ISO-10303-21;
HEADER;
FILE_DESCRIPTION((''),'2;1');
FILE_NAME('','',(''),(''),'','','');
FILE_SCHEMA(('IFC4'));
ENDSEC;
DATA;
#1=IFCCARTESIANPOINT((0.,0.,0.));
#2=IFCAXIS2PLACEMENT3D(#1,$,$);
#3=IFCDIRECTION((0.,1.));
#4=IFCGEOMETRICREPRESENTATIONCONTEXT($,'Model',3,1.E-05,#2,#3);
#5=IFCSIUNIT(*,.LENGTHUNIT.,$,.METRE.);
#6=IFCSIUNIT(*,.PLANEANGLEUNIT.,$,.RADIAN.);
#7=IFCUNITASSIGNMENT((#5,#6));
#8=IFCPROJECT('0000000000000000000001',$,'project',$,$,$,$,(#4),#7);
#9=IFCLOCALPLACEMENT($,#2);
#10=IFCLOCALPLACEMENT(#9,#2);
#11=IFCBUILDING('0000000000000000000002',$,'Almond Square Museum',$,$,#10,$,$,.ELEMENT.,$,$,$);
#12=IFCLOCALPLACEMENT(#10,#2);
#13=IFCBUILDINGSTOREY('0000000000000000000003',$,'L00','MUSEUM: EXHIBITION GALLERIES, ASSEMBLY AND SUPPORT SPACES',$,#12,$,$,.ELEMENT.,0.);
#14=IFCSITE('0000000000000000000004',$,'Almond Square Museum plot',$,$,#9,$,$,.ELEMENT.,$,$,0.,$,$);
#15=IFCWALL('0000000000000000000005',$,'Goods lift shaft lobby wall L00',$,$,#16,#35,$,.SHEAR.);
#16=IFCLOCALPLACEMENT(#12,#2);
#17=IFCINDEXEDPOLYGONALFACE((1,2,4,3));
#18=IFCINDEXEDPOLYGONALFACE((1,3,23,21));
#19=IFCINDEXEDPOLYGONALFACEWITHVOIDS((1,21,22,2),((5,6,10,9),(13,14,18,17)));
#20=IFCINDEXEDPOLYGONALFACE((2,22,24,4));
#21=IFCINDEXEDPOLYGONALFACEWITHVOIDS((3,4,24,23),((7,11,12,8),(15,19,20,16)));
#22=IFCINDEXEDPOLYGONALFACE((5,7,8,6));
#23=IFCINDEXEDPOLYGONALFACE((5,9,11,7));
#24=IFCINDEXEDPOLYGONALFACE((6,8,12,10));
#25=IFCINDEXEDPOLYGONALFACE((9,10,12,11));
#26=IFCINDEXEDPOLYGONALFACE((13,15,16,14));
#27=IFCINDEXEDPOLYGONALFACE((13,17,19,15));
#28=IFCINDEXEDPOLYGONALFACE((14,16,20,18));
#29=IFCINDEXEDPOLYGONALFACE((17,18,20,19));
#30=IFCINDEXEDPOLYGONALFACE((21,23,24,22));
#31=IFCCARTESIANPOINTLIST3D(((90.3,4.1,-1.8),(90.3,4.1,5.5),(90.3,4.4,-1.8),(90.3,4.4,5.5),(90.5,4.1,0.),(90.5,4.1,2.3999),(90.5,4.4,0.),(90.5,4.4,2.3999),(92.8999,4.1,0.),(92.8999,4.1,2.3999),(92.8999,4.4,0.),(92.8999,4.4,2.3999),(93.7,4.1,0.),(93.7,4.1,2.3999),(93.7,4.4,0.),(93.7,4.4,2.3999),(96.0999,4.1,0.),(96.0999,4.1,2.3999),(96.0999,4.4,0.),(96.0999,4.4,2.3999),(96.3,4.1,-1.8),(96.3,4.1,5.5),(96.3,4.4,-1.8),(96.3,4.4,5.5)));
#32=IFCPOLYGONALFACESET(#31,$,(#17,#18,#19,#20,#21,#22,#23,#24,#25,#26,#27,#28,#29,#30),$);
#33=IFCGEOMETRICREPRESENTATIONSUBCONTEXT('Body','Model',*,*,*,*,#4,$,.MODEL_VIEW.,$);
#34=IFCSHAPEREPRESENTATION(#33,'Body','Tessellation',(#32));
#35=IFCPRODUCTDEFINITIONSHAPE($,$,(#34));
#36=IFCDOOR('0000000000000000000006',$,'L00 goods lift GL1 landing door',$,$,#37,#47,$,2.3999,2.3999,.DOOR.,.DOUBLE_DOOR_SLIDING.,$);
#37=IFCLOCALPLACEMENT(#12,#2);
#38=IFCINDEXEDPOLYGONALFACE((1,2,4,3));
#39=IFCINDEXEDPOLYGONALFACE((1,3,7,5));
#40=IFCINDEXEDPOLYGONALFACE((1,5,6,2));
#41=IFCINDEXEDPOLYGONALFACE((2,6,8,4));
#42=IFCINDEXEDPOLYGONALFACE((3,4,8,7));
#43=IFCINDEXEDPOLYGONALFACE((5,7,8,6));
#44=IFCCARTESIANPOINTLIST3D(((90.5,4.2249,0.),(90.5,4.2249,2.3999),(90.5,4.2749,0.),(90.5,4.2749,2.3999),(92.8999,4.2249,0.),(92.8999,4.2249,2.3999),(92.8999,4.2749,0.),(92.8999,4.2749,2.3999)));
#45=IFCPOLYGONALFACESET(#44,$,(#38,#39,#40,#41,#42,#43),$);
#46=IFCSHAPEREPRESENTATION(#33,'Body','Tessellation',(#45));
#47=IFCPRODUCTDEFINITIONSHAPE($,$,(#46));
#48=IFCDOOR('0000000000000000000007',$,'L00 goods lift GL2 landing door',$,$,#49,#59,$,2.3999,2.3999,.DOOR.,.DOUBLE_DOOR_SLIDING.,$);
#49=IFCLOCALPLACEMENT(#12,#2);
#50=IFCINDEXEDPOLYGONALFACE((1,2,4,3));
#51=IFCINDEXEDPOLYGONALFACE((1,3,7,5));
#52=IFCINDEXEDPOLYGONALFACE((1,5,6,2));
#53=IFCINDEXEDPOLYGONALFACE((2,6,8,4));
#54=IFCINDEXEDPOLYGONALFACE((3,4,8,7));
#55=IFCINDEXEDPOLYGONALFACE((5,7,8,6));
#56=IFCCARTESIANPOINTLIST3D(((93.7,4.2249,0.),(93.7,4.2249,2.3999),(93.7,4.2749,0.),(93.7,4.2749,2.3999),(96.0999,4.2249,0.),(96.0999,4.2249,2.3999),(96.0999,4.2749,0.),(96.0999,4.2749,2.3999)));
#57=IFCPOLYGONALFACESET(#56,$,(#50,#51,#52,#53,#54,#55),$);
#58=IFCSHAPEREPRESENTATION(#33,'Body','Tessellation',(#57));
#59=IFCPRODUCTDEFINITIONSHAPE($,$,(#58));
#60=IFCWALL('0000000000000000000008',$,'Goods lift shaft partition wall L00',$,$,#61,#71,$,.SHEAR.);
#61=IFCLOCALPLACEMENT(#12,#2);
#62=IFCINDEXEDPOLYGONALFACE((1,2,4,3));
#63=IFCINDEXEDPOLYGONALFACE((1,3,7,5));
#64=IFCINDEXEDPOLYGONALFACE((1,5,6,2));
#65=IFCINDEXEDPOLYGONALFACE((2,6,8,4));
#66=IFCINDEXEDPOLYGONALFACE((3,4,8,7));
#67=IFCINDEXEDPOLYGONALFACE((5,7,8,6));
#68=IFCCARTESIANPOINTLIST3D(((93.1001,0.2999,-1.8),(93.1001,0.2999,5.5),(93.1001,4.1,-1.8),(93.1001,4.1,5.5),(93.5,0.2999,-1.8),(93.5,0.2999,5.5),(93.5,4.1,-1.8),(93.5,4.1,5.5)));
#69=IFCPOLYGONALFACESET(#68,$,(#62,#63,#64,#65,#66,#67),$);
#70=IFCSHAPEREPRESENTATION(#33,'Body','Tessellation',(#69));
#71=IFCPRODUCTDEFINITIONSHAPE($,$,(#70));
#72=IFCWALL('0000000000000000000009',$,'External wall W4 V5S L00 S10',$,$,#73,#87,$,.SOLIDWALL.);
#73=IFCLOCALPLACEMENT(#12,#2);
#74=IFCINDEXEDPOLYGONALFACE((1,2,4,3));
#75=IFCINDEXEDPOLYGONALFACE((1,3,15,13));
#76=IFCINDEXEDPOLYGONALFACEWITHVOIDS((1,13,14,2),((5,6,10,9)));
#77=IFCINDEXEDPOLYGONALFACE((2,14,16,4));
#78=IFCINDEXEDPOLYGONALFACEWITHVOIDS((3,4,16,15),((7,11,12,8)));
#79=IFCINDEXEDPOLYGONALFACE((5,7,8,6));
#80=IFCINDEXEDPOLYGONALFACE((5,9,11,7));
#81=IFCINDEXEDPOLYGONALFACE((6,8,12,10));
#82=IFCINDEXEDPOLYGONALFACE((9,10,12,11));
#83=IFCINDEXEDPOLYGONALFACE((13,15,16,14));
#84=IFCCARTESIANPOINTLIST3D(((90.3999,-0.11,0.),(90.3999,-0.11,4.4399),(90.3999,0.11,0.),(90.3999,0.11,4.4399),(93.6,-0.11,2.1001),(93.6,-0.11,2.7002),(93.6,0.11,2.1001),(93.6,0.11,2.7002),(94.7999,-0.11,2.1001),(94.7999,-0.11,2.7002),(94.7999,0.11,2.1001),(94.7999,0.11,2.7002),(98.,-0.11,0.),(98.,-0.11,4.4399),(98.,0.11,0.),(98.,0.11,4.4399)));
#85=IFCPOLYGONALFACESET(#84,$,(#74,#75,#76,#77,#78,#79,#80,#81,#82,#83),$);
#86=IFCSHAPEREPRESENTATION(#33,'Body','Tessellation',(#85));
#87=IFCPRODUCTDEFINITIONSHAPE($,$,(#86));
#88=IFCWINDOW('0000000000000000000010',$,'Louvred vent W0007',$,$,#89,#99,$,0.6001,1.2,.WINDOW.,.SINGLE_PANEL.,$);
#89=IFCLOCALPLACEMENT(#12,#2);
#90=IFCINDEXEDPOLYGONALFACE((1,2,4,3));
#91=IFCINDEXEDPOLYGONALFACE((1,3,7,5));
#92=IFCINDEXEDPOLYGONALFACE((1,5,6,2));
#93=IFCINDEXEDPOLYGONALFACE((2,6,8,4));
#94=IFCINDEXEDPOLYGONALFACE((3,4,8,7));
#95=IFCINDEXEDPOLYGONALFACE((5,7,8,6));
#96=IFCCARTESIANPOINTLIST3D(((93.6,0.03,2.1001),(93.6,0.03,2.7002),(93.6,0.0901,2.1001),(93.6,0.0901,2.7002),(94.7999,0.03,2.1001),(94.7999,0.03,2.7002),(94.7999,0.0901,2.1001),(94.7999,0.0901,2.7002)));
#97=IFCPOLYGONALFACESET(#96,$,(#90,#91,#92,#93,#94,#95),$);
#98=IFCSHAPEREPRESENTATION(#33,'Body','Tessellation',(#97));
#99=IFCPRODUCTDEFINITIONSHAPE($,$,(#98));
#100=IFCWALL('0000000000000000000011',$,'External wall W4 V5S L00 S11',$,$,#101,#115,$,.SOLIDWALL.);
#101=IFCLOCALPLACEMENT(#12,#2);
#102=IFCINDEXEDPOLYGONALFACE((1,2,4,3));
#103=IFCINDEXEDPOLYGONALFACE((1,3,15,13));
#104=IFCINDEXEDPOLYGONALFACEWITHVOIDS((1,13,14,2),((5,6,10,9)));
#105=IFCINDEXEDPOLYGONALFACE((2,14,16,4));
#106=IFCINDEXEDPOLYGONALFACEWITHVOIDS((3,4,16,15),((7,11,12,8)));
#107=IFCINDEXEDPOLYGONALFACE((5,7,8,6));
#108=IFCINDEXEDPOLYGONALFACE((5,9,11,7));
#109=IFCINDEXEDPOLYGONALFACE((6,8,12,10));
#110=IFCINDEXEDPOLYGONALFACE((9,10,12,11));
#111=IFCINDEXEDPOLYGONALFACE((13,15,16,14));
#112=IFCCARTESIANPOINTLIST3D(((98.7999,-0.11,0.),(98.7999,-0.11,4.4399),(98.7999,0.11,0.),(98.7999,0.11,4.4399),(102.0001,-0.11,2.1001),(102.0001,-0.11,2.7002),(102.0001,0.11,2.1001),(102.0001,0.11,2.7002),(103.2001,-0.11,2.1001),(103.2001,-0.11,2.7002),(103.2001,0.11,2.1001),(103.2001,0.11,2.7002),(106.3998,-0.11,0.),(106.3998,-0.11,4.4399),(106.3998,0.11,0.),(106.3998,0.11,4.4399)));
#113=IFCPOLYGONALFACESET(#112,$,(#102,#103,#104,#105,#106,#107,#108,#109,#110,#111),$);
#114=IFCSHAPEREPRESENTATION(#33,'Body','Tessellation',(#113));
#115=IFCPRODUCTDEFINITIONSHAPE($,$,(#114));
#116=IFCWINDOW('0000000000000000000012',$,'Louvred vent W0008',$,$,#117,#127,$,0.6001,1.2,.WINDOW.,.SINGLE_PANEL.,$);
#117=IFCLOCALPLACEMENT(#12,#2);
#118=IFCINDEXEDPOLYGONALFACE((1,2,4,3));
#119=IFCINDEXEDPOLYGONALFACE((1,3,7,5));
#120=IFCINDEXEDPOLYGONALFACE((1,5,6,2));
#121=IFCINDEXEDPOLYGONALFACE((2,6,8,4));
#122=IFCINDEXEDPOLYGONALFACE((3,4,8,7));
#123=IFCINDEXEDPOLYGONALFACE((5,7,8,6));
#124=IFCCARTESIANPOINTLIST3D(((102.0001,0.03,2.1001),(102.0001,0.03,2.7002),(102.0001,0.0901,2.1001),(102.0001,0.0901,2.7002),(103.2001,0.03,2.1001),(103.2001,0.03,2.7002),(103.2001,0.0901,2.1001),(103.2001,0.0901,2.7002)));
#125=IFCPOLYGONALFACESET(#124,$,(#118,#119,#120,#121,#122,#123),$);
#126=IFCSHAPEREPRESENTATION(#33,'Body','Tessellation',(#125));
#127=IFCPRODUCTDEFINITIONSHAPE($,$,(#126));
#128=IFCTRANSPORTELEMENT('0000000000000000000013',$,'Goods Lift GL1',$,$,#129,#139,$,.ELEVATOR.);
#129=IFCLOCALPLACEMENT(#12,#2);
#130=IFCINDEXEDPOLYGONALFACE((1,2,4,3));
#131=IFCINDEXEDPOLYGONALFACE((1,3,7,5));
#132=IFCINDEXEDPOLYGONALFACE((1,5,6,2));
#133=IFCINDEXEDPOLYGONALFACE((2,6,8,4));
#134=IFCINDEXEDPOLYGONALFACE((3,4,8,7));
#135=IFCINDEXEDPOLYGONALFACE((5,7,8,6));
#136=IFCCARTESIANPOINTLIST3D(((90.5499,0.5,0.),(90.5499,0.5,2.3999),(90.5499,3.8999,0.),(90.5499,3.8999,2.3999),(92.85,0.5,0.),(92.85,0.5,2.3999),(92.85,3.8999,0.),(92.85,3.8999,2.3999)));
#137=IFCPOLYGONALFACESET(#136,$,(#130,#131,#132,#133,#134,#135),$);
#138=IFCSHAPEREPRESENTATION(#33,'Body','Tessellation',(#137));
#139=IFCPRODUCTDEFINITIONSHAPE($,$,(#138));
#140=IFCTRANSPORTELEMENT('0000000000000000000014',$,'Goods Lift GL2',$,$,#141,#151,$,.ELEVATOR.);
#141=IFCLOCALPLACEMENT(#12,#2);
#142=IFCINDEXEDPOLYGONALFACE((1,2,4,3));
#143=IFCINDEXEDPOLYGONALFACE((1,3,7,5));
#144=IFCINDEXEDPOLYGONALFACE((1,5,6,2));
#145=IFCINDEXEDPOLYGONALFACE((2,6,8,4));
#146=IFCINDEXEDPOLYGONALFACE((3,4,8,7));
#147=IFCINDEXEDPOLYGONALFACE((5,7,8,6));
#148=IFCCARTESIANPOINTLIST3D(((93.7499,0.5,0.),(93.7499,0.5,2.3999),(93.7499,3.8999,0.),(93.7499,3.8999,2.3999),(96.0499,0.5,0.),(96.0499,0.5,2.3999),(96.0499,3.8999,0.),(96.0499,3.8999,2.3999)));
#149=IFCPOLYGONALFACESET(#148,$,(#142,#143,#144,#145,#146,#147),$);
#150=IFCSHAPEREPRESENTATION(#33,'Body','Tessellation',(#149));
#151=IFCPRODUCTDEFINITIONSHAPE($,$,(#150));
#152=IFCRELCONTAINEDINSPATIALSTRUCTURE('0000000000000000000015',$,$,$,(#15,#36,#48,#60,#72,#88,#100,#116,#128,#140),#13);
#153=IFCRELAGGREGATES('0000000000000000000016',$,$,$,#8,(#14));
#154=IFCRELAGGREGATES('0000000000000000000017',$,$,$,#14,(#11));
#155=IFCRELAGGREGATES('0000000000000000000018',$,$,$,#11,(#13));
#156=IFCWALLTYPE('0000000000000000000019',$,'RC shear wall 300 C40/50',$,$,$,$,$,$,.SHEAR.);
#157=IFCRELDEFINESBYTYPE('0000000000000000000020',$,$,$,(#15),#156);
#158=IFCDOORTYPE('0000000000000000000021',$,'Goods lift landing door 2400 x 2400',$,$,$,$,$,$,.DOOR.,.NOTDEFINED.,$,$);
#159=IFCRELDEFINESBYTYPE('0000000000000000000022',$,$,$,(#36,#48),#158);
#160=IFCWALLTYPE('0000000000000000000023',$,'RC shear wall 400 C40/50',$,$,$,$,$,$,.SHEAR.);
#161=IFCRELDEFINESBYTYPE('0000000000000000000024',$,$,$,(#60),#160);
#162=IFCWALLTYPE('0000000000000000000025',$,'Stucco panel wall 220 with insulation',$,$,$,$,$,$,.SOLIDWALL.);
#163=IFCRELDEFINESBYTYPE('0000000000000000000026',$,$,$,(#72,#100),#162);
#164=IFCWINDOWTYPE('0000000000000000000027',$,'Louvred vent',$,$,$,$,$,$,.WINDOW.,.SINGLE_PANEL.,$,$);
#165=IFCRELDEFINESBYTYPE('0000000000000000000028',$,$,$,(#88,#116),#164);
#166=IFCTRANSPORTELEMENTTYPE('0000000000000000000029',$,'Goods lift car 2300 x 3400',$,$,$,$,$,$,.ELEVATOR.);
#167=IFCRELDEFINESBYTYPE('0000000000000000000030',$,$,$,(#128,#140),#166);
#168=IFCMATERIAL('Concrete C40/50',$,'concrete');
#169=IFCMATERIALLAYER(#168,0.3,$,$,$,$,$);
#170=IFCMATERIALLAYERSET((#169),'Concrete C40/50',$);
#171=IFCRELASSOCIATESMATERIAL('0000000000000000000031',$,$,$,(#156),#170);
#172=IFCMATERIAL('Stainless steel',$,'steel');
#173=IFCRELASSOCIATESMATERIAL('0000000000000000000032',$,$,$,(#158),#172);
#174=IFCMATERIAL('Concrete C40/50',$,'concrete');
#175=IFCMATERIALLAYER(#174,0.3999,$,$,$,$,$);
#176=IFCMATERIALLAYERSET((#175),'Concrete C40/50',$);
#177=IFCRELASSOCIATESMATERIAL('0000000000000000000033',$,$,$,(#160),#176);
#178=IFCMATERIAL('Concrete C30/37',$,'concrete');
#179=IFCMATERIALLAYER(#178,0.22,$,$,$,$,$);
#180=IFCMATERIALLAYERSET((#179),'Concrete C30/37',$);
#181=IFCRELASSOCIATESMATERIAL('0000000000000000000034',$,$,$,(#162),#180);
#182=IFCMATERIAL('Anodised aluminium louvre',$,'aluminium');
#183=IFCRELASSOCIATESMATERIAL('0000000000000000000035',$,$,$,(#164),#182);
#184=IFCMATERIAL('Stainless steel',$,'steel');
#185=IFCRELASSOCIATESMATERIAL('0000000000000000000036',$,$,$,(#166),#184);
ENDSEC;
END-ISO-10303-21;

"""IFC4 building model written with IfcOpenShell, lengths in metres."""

from ifc_helpers import new_model, si_unit, direction, frame, frame_2d, origin, origin_2d, place, context, subcontext, project, spatial, rectangle, extrude, material, layer, layer_set, type_object, element, fill, save


model = new_model("IFC4")

# Units and contexts
model_context = context("Model", 3, precision=1e-05, world=origin(), true_north=direction((0.0, 1.0)))
body_context = subcontext(model_context, "Body", "Model", "MODEL_VIEW")
ifc_project = project(units=[si_unit("LENGTHUNIT", "METRE"), si_unit("PLANEANGLEUNIT", "RADIAN")], contexts=[model_context])

# Site, building, storey
site_placement = place(None, origin())
site = spatial("IfcSite", under=ifc_project, at=site_placement, Name="Almond Square Museum plot", CompositionType="ELEMENT", RefElevation=0.0)
building_placement = place(site_placement, origin())
building = spatial("IfcBuilding", under=site, at=building_placement, Name="Almond Square Museum", CompositionType="ELEMENT")
storey_placement = place(building_placement, origin())
storey = spatial("IfcBuildingStorey", under=building, at=storey_placement, Name="L00", Description="MUSEUM: EXHIBITION GALLERIES, ASSEMBLY AND SUPPORT SPACES", CompositionType="ELEMENT", Elevation=0.0)

# Shared definitions
ifc_material_1 = material(Name="Concrete C40/50", Category="concrete")
ifc_layer_1 = layer(ifc_material_1, 0.3)
ifc_layer_set_1 = layer_set([ifc_layer_1], Name="Concrete C40/50")
wall_type_1 = type_object("IfcWallType", Name="RC shear wall 300 C40/50", PredefinedType="SHEAR", material=ifc_layer_set_1)

# Wall, openings, doors
wall_1_placement = place(storey_placement, frame((90.3, 4.25, -1.8), z_axis=(0.0, 0.0, 1.0), x_axis=(1.0, 0.0, 0.0)))
wall_1 = element("IfcWall", 1, at=wall_1_placement, inside=storey, type_object=wall_type_1, Name="Goods lift shaft lobby wall L00", PredefinedType="SHEAR", context=body_context, shape_type="SweptSolid", body=[
    extrude(rectangle(XDim=6.0, YDim=0.3, at=frame_2d((3.0, 0.0))), origin(), (0.0, 0.0, 1.0), 7.3),
])
opening_1_placement = place(wall_1_placement, frame((0.2, 0.0, 1.8)))
opening_1 = element("IfcOpeningElement", 2, at=opening_1_placement, cuts=wall_1, PredefinedType="OPENING", context=body_context, shape_type="SweptSolid", body=[
    extrude(rectangle(XDim=2.3999, YDim=2.3999, at=frame_2d((1.2, 1.2))), frame((0.0, 0.1599, 0.0), z_axis=(0.0, -1.0, 0.0), x_axis=(1.0, 0.0, 0.0)), (0.0, 0.0, 1.0), 0.3201),
])
opening_2_placement = place(wall_1_placement, frame((3.3999, 0.0, 1.8)))
opening_2 = element("IfcOpeningElement", 3, at=opening_2_placement, cuts=wall_1, PredefinedType="OPENING", context=body_context, shape_type="SweptSolid", body=[
    extrude(rectangle(XDim=2.3999, YDim=2.3999, at=frame_2d((1.2, 1.2))), frame((0.0, 0.1599, 0.0), z_axis=(0.0, -1.0, 0.0), x_axis=(1.0, 0.0, 0.0)), (0.0, 0.0, 1.0), 0.3201),
])
ifc_material_2 = material(Name="Stainless steel", Category="steel")
door_type_1 = type_object("IfcDoorType", Name="Goods lift landing door 2400 x 2400", OperationType="NOTDEFINED", PredefinedType="DOOR", material=ifc_material_2)
door_1_placement = place(opening_1_placement, origin())
door_1 = element("IfcDoor", 4, at=door_1_placement, inside=storey, type_object=door_type_1, Name="L00 goods lift GL1 landing door", OperationType="DOUBLE_DOOR_SLIDING", OverallHeight=2.3999, OverallWidth=2.3999, PredefinedType="DOOR", context=body_context, shape_type="SweptSolid", body=[
    extrude(rectangle(XDim=2.3999, YDim=2.3999, at=frame_2d((1.2, 1.2))), frame((0.0, 0.0249, 0.0), z_axis=(0.0, -1.0, 0.0), x_axis=(1.0, 0.0, 0.0)), (0.0, 0.0, 1.0), 0.05),
])
fill(opening_1, door_1)
door_2_placement = place(opening_2_placement, origin())
door_2 = element("IfcDoor", 5, at=door_2_placement, inside=storey, type_object=door_type_1, Name="L00 goods lift GL2 landing door", OperationType="DOUBLE_DOOR_SLIDING", OverallHeight=2.3999, OverallWidth=2.3999, PredefinedType="DOOR", context=body_context, shape_type="SweptSolid", body=[
    extrude(rectangle(XDim=2.3999, YDim=2.3999, at=frame_2d((1.2, 1.2))), frame((0.0, 0.0249, 0.0), z_axis=(0.0, -1.0, 0.0), x_axis=(1.0, 0.0, 0.0)), (0.0, 0.0, 1.0), 0.05),
])
fill(opening_2, door_2)

# Wall
ifc_material_3 = material(Name="Concrete C40/50", Category="concrete")
ifc_layer_2 = layer(ifc_material_3, 0.3999)
ifc_layer_set_2 = layer_set([ifc_layer_2], Name="Concrete C40/50")
wall_type_2 = type_object("IfcWallType", Name="RC shear wall 400 C40/50", PredefinedType="SHEAR", material=ifc_layer_set_2)
wall_2_placement = place(storey_placement, frame((93.3, 0.3, -1.8), z_axis=(0.0, 0.0, 1.0), x_axis=(0.0, 1.0, 0.0)))
element("IfcWall", 6, at=wall_2_placement, inside=storey, type_object=wall_type_2, Name="Goods lift shaft partition wall L00", PredefinedType="SHEAR", context=body_context, shape_type="SweptSolid", body=[
    extrude(rectangle(XDim=3.8, YDim=0.3999, at=frame_2d((1.8999, 0.0))), origin(), (0.0, 0.0, 1.0), 7.3),
])

# Walls, openings, windows
ifc_material_4 = material(Name="Concrete C30/37", Category="concrete")
ifc_layer_3 = layer(ifc_material_4, 0.22)
ifc_layer_set_3 = layer_set([ifc_layer_3], Name="Concrete C30/37")
wall_type_3 = type_object("IfcWallType", Name="Stucco panel wall 220 with insulation", PredefinedType="SOLIDWALL", material=ifc_layer_set_3)
wall_3_placement = place(storey_placement, frame((90.3999, 0.0, 0.0), z_axis=(0.0, 0.0, 1.0), x_axis=(1.0, 0.0, 0.0)))
wall_3 = element("IfcWall", 7, at=wall_3_placement, inside=storey, type_object=wall_type_3, Name="External wall W4 V5S L00 S10", PredefinedType="SOLIDWALL", context=body_context, shape_type="SweptSolid", body=[
    extrude(rectangle(XDim=7.6001, YDim=0.22, at=frame_2d((3.8, 0.0))), origin(), (0.0, 0.0, 1.0), 4.4399),
])
opening_3_placement = place(wall_3_placement, frame((3.2, 0.0, 2.1001)))
opening_3 = element("IfcOpeningElement", 8, at=opening_3_placement, cuts=wall_3, PredefinedType="OPENING", context=body_context, shape_type="SweptSolid", body=[
    extrude(rectangle(XDim=1.2, YDim=0.6001, at=frame_2d((0.6001, 0.3))), frame((0.0, 0.1199, 0.0), z_axis=(0.0, -1.0, 0.0), x_axis=(1.0, 0.0, 0.0)), (0.0, 0.0, 1.0), 0.24),
])
ifc_material_5 = material(Name="Anodised aluminium louvre", Category="aluminium")
window_type = type_object("IfcWindowType", Name="Louvred vent", PartitioningType="SINGLE_PANEL", PredefinedType="WINDOW", material=ifc_material_5)
window_1_placement = place(opening_3_placement, origin())
window_1 = element("IfcWindow", 9, at=window_1_placement, inside=storey, type_object=window_type, Name="Louvred vent W0007", OverallHeight=0.6001, OverallWidth=1.2, PartitioningType="SINGLE_PANEL", PredefinedType="WINDOW", context=body_context, shape_type="SweptSolid", body=[
    extrude(rectangle(XDim=1.2, YDim=0.6001, at=frame_2d((0.6001, 0.3))), frame((0.0, 0.0901, 0.0), z_axis=(0.0, -1.0, 0.0), x_axis=(1.0, 0.0, 0.0)), (0.0, 0.0, 1.0), 0.0601),
])
fill(opening_3, window_1)
wall_4_placement = place(storey_placement, frame((98.8, 0.0, 0.0), z_axis=(0.0, 0.0, 1.0), x_axis=(1.0, 0.0, 0.0)))
wall_4 = element("IfcWall", 10, at=wall_4_placement, inside=storey, type_object=wall_type_3, Name="External wall W4 V5S L00 S11", PredefinedType="SOLIDWALL", context=body_context, shape_type="SweptSolid", body=[
    extrude(rectangle(XDim=7.5999, YDim=0.22, at=frame_2d((3.7998, 0.0))), origin(), (0.0, 0.0, 1.0), 4.4399),
])
opening_4_placement = place(wall_4_placement, frame((3.2, 0.0, 2.1001)))
opening_4 = element("IfcOpeningElement", 11, at=opening_4_placement, cuts=wall_4, PredefinedType="OPENING", context=body_context, shape_type="SweptSolid", body=[
    extrude(rectangle(XDim=1.2, YDim=0.6001, at=frame_2d((0.6001, 0.3))), frame((0.0, 0.1199, 0.0), z_axis=(0.0, -1.0, 0.0), x_axis=(1.0, 0.0, 0.0)), (0.0, 0.0, 1.0), 0.24),
])
window_2_placement = place(opening_4_placement, origin())
window_2 = element("IfcWindow", 12, at=window_2_placement, inside=storey, type_object=window_type, Name="Louvred vent W0008", OverallHeight=0.6001, OverallWidth=1.2, PartitioningType="SINGLE_PANEL", PredefinedType="WINDOW", context=body_context, shape_type="SweptSolid", body=[
    extrude(rectangle(XDim=1.2, YDim=0.6001, at=frame_2d((0.6001, 0.3))), frame((0.0, 0.0901, 0.0), z_axis=(0.0, -1.0, 0.0), x_axis=(1.0, 0.0, 0.0)), (0.0, 0.0, 1.0), 0.0601),
])
fill(opening_4, window_2)

# Transport elements
ifc_material_6 = material(Name="Stainless steel", Category="steel")
transport_element_type = type_object("IfcTransportElementType", Name="Goods lift car 2300 x 3400", PredefinedType="ELEVATOR", material=ifc_material_6)
for number, where, z_axis, x_axis, name in (
    (13, (91.7, 2.2, 0.0), (0.0, 0.0, 1.0), (1.0, 0.0, 0.0), "Goods Lift GL1"),
    (14, (94.8999, 2.2, 0.0), (0.0, 0.0, 1.0), (1.0, 0.0, 0.0), "Goods Lift GL2"),
):
    element("IfcTransportElement", number, at=place(storey_placement, frame(where, z_axis=z_axis, x_axis=x_axis)), inside=storey, type_object=transport_element_type, Name=name, PredefinedType="ELEVATOR", context=body_context, shape_type="SweptSolid", body=[
        extrude(rectangle(XDim=2.3, YDim=3.3999, at=origin_2d()), origin(), (0.0, 0.0, 1.0), 2.3999),
    ])

save(model, "model.ifc")
